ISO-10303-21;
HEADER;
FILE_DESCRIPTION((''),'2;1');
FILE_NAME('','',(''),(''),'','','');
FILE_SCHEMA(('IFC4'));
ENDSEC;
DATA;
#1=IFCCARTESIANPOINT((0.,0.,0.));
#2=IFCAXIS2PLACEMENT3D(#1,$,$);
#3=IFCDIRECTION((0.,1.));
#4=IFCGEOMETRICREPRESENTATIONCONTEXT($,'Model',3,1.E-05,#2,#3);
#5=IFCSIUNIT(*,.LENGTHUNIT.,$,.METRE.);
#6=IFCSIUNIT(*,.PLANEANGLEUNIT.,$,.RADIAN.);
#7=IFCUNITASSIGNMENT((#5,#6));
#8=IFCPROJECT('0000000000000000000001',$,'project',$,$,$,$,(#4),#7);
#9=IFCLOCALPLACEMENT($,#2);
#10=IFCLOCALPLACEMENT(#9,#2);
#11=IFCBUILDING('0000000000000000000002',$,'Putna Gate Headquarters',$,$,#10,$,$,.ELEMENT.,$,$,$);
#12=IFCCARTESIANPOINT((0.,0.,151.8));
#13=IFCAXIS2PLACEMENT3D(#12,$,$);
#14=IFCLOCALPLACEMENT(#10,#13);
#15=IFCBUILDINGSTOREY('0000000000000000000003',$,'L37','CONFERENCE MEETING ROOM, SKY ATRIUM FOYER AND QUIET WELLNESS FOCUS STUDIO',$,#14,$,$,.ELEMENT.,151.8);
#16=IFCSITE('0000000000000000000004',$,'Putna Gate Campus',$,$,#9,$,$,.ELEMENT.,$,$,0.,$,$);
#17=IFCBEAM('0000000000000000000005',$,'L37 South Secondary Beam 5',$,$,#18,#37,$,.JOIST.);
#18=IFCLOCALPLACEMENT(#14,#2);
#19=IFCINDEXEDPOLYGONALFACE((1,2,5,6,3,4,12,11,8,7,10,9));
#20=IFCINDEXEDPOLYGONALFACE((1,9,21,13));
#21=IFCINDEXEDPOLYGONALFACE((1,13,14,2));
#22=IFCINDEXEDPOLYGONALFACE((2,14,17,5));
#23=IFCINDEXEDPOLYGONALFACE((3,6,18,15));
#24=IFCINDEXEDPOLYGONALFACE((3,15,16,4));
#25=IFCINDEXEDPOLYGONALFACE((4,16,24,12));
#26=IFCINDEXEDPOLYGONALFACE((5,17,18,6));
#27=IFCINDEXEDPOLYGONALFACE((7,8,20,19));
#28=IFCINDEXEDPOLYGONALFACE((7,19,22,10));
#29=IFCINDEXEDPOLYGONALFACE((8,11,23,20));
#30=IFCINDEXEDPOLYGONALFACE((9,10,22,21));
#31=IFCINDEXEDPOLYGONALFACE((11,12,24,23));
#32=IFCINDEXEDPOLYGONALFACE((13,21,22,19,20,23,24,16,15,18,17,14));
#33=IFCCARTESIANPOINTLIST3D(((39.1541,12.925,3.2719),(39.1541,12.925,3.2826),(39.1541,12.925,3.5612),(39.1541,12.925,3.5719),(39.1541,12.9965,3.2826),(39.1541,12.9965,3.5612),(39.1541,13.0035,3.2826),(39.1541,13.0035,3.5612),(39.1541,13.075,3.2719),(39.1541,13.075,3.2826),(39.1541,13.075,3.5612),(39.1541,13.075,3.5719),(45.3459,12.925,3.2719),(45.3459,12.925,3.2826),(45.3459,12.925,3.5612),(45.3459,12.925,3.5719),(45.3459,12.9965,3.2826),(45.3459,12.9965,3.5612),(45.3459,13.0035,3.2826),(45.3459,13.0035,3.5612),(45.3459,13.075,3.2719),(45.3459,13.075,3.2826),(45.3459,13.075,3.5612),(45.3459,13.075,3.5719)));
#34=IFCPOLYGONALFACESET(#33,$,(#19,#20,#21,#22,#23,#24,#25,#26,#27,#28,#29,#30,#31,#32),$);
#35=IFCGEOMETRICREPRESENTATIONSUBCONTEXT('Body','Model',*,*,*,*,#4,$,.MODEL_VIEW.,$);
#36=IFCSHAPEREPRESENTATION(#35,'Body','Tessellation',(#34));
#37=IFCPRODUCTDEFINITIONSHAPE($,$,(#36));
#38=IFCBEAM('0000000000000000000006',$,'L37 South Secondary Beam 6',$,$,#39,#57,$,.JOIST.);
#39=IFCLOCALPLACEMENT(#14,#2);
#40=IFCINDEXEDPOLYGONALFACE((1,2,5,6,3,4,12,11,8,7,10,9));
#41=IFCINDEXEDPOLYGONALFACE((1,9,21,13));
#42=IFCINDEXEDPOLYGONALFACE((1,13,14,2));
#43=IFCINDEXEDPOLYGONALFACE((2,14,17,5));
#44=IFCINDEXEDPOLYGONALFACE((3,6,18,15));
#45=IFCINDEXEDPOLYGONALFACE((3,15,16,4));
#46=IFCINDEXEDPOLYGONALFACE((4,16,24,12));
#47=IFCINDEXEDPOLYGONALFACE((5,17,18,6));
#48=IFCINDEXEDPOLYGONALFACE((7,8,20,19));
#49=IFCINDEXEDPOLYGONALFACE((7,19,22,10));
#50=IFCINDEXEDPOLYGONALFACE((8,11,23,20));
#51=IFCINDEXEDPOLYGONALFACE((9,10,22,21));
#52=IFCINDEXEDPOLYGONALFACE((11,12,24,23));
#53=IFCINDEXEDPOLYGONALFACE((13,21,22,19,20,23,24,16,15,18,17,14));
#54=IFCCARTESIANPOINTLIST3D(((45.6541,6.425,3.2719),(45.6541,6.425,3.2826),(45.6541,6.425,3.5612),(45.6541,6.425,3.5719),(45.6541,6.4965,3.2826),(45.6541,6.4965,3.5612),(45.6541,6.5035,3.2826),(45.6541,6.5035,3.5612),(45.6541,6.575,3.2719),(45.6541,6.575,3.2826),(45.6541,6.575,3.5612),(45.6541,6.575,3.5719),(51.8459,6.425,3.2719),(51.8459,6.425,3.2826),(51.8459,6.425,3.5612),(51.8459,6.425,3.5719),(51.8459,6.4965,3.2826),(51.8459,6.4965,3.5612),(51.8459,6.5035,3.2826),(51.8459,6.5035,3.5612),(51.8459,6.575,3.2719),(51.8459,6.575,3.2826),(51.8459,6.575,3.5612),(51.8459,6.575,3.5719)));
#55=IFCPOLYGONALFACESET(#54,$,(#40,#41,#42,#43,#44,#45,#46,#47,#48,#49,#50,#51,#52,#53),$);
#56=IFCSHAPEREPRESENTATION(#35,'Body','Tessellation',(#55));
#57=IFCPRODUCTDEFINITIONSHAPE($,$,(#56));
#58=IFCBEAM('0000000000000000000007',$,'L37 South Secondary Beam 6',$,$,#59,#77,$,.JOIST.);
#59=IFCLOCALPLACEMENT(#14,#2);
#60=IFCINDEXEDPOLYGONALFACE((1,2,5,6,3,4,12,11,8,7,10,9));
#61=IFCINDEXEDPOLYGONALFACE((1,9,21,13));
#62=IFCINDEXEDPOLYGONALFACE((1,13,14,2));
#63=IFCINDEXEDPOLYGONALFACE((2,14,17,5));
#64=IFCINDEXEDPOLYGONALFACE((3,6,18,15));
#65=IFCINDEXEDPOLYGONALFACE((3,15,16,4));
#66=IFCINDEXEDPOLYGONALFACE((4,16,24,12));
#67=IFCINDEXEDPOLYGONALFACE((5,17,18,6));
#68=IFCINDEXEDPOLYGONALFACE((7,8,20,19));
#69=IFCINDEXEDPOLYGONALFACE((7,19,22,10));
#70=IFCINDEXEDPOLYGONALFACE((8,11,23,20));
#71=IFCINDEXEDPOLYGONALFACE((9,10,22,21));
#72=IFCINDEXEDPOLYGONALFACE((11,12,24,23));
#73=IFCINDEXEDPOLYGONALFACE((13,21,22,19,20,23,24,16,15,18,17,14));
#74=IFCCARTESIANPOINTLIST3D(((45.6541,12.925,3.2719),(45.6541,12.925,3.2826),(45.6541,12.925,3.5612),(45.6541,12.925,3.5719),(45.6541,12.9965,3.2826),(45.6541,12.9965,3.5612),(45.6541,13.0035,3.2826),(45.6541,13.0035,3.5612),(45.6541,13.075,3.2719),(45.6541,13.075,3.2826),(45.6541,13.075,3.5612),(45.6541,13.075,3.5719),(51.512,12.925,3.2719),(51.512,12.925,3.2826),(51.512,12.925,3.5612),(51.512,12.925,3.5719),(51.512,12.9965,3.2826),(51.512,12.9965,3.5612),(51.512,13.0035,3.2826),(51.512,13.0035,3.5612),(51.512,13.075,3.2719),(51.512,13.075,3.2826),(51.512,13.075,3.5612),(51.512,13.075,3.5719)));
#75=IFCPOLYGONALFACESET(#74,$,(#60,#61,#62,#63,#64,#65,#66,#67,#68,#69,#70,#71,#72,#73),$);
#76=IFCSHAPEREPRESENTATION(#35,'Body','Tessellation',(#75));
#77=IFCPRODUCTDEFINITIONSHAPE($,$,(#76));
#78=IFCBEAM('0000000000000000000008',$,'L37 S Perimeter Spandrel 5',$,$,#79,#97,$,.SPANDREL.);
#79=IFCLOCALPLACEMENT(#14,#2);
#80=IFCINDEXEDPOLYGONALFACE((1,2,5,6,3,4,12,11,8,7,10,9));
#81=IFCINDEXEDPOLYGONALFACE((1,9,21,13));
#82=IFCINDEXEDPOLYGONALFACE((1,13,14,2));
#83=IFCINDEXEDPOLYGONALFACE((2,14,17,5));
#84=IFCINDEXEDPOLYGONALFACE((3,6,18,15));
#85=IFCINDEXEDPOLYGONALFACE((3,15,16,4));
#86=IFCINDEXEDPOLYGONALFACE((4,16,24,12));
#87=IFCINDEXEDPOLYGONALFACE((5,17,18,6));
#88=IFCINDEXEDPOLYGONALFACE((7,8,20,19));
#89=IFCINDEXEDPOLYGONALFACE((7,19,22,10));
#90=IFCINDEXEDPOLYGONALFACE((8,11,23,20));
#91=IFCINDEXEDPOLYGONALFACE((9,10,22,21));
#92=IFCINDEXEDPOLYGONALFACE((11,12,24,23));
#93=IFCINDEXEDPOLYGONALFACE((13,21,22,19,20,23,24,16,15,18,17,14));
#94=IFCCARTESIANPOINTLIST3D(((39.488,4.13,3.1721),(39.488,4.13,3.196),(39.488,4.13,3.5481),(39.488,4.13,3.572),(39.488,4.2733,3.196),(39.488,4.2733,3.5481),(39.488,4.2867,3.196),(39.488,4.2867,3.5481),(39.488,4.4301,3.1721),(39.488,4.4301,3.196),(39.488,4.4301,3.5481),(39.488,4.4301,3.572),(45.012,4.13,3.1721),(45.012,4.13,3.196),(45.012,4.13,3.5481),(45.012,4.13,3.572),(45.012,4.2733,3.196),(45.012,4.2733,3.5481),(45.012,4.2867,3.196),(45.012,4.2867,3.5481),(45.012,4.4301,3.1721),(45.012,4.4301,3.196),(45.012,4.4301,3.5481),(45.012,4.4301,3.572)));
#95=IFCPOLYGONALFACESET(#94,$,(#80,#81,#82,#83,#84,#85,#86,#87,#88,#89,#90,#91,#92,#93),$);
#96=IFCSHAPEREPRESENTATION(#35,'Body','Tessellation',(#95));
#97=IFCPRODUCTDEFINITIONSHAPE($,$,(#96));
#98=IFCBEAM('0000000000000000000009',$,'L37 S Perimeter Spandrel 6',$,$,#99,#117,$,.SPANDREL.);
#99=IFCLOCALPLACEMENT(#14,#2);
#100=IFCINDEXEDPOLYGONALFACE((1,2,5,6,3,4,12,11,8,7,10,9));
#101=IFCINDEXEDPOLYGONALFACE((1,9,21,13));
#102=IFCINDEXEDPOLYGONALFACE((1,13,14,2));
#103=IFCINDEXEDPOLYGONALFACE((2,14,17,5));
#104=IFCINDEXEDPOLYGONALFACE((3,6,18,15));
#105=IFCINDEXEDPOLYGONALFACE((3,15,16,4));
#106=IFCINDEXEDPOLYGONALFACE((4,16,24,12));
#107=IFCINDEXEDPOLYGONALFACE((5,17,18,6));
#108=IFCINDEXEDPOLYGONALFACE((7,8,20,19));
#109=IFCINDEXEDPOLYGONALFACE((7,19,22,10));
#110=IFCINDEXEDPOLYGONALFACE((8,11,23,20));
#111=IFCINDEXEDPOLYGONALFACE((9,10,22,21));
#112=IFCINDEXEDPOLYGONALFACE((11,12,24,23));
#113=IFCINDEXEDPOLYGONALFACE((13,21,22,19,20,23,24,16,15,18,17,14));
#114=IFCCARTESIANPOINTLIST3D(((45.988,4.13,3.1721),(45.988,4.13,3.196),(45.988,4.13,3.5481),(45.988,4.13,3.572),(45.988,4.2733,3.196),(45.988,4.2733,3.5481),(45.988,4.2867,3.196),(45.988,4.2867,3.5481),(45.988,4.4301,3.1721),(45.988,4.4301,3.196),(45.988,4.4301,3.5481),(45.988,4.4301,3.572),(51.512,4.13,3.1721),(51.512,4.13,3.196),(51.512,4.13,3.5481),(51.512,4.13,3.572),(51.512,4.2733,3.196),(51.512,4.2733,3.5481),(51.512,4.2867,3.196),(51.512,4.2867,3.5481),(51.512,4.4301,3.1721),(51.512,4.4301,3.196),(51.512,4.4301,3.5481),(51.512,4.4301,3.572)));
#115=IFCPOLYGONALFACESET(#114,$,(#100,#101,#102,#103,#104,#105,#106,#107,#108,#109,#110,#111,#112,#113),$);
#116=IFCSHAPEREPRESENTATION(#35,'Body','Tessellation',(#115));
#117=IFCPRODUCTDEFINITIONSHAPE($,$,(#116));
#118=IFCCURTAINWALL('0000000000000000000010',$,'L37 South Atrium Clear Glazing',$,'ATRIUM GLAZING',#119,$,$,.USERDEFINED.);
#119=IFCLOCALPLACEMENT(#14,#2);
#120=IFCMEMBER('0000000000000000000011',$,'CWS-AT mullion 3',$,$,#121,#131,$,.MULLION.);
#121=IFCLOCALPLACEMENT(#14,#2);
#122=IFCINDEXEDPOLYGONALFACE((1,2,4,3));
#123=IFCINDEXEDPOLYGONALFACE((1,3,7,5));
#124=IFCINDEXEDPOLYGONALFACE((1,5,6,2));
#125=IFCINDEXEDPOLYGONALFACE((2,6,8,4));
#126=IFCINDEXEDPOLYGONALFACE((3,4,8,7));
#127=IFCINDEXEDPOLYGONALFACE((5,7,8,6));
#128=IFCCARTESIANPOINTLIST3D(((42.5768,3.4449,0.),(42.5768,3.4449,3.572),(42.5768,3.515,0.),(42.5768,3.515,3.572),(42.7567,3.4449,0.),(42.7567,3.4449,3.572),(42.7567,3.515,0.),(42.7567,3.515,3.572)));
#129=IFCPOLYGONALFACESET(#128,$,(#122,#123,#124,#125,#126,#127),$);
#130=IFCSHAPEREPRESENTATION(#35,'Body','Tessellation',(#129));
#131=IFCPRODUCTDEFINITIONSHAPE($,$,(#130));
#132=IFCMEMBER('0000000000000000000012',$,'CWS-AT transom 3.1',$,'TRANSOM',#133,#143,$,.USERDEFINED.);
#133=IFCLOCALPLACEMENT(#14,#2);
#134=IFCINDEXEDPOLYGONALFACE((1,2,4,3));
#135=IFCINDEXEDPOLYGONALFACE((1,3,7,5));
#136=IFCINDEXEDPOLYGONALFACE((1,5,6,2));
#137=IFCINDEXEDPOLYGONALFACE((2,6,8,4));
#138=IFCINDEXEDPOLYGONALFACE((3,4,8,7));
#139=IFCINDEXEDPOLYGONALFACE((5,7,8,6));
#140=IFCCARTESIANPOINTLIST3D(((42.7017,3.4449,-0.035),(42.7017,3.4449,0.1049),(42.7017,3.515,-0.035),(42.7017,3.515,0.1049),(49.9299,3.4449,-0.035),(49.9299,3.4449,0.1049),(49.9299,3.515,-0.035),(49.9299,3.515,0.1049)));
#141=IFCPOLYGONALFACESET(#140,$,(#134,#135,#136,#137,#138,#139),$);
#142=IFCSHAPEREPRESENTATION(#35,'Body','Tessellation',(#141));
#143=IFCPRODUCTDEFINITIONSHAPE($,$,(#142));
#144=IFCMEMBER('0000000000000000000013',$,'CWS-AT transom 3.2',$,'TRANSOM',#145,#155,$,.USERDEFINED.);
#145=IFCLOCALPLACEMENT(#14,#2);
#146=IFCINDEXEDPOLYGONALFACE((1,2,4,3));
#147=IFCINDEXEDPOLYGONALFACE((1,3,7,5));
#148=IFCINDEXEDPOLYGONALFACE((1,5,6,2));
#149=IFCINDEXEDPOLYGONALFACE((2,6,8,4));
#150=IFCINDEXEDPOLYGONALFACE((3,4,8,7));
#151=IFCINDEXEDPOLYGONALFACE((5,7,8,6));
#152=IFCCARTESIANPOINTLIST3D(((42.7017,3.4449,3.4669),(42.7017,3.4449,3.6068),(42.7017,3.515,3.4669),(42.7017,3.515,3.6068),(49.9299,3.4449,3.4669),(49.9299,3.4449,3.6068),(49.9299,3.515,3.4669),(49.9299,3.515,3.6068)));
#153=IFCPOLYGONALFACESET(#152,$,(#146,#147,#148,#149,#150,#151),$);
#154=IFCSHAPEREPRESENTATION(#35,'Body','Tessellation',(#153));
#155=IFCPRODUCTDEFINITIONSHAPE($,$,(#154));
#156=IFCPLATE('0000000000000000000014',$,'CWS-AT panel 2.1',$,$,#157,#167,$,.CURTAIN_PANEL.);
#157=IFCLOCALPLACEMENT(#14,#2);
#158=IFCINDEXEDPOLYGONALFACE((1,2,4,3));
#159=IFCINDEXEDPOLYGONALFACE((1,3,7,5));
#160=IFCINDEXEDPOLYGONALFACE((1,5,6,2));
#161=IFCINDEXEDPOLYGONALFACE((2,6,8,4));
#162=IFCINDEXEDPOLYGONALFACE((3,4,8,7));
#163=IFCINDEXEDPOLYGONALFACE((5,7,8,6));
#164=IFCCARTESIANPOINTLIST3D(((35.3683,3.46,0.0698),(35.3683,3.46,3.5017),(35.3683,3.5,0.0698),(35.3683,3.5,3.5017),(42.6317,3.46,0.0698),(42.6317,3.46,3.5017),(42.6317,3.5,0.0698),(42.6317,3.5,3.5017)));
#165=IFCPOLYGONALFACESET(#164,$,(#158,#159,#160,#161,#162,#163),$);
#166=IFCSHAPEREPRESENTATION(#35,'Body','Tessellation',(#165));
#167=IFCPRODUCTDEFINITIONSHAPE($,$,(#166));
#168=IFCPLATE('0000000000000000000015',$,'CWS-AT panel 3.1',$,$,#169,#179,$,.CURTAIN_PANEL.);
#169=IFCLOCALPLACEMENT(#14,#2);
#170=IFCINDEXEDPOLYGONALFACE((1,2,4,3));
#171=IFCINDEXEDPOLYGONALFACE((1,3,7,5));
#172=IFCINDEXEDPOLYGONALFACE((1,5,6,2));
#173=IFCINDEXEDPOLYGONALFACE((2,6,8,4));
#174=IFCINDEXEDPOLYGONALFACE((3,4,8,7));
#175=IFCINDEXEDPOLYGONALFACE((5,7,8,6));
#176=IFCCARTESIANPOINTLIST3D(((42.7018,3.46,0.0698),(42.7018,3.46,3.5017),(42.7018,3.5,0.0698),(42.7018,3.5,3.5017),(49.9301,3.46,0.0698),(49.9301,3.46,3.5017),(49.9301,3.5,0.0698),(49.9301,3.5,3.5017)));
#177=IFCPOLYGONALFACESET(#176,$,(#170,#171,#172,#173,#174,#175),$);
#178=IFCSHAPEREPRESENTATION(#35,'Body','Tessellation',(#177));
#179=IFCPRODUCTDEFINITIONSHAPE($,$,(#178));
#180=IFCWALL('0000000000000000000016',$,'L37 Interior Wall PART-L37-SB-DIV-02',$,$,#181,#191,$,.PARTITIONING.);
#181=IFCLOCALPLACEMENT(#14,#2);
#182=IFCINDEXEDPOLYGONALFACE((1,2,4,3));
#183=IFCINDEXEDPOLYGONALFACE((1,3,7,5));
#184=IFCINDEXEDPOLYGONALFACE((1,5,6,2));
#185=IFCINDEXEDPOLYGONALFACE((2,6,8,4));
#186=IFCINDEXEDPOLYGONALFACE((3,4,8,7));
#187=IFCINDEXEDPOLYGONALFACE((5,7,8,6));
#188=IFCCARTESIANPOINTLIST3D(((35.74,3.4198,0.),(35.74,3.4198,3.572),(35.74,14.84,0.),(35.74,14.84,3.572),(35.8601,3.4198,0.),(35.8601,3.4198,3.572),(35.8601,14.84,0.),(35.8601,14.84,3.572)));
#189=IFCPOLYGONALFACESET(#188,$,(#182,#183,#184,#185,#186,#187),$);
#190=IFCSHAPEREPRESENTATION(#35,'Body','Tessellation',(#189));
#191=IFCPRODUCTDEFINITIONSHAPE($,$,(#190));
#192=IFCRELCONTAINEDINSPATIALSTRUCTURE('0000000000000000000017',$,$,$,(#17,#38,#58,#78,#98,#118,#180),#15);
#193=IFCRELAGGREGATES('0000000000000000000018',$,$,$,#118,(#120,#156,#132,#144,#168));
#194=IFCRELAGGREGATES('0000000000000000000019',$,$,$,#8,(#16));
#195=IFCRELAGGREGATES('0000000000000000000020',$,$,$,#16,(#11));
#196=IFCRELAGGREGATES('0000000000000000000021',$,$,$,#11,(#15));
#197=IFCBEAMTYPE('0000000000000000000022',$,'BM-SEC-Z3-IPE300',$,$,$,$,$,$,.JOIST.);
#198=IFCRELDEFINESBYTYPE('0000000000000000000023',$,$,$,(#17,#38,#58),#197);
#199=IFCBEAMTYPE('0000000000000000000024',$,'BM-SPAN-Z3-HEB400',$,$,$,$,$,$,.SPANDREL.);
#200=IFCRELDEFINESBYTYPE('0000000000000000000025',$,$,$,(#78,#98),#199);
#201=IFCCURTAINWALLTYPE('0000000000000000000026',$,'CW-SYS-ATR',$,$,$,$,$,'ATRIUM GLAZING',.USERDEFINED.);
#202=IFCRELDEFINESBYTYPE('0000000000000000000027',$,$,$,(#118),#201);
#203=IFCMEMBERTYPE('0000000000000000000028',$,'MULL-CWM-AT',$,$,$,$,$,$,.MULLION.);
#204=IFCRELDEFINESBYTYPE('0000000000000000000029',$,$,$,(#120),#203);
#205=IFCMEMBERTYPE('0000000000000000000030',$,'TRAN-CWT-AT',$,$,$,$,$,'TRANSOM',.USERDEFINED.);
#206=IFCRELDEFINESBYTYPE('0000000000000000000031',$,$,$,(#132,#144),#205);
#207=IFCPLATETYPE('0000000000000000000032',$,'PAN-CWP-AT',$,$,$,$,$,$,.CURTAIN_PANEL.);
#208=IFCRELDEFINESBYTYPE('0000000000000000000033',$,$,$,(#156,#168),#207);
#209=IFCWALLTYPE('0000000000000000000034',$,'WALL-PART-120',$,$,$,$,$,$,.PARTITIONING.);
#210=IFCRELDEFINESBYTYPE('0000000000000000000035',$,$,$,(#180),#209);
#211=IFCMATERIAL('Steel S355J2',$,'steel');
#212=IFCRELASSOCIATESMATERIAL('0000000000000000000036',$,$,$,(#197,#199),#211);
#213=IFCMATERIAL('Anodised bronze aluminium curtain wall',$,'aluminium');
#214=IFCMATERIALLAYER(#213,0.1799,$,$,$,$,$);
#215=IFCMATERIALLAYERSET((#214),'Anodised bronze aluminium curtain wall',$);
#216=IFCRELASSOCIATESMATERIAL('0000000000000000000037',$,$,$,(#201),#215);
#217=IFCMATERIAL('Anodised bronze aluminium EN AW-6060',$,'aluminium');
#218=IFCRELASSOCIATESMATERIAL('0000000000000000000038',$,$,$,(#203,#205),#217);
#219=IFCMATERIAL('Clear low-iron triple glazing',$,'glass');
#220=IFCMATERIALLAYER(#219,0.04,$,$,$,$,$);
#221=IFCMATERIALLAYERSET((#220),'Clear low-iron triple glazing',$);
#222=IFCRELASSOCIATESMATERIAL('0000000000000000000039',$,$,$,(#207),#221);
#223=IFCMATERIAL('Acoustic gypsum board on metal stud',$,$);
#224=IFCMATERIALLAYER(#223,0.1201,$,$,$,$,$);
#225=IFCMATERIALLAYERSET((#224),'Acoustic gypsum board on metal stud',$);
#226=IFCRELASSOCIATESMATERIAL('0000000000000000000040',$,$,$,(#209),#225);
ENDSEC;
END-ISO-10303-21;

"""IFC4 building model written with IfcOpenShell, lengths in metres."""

from ifc_helpers import new_model, si_unit, direction, frame, frame_2d, origin, origin_2d, place, context, subcontext, project, spatial, rectangle, i_section, extrude, material, layer, layer_set, material_profile, profile_set, type_object, element, aggregate, save


model = new_model("IFC4")

# Units and contexts
model_context = context("Model", 3, precision=1e-05, world=origin(), true_north=direction((0.0, 1.0)))
body_context = subcontext(model_context, "Body", "Model", "MODEL_VIEW")
ifc_project = project(units=[si_unit("LENGTHUNIT", "METRE"), si_unit("PLANEANGLEUNIT", "RADIAN")], contexts=[model_context])

# Site, building, storey
site_placement = place(None, origin())
site = spatial("IfcSite", under=ifc_project, at=site_placement, Name="Putna Gate Campus", CompositionType="ELEMENT", RefElevation=0.0)
building_placement = place(site_placement, origin())
building = spatial("IfcBuilding", under=site, at=building_placement, Name="Putna Gate Headquarters", CompositionType="ELEMENT")
storey_placement = place(building_placement, frame((0.0, 0.0, 151.8)))
storey = spatial("IfcBuildingStorey", under=building, at=storey_placement, Name="L37", Description="CONFERENCE MEETING ROOM, SKY ATRIUM FOYER AND QUIET WELLNESS FOCUS STUDIO", CompositionType="ELEMENT", Elevation=151.8)

# Beams
ifc_material_1 = material(Name="Steel S355J2", Category="steel")
ifc_material_profile_1 = material_profile(ifc_material_1, i_section(OverallWidth=0.1499, OverallDepth=0.3, WebThickness=0.0071, FlangeThickness=0.0107, at=origin_2d()), Name="Steel S355J2")
ifc_profile_set_1 = profile_set([ifc_material_profile_1], Name="Steel S355J2")
beam_type_1 = type_object("IfcBeamType", Name="BM-SEC-Z3-IPE300", PredefinedType="JOIST", material=ifc_profile_set_1)
for number, where, z_axis, x_axis, name in (
    (1, (39.1541, 13.0, 3.4219), (1.0, 0.0, 0.0), (0.0, 1.0, 0.0), "L37 South Secondary Beam 5"),
    (2, (45.6541, 6.5, 3.4219), (1.0, 0.0, 0.0), (0.0, 1.0, 0.0), "L37 South Secondary Beam 6"),
):
    element("IfcBeam", number, at=place(storey_placement, frame(where, z_axis=z_axis, x_axis=x_axis)), inside=storey, type_object=beam_type_1, Name=name, PredefinedType="JOIST", context=body_context, shape_type="SweptSolid", body=[
        extrude(i_section(OverallWidth=0.1499, OverallDepth=0.3, WebThickness=0.0071, FlangeThickness=0.0107, at=origin_2d()), origin(), (0.0, 0.0, 1.0), 6.1919),
    ])
beam_1_placement = place(storey_placement, frame((45.6541, 13.0, 3.4219), z_axis=(1.0, 0.0, 0.0), x_axis=(0.0, 1.0, 0.0)))
element("IfcBeam", 3, at=beam_1_placement, inside=storey, type_object=beam_type_1, Name="L37 South Secondary Beam 6", PredefinedType="JOIST", context=body_context, shape_type="SweptSolid", body=[
    extrude(i_section(OverallWidth=0.1499, OverallDepth=0.3, WebThickness=0.0071, FlangeThickness=0.0107, at=origin_2d()), origin(), (0.0, 0.0, 1.0), 5.8579),
])
ifc_material_profile_2 = material_profile(ifc_material_1, i_section(OverallWidth=0.3, OverallDepth=0.3999, WebThickness=0.0134, FlangeThickness=0.0239, at=origin_2d()), Name="Steel S355J2")
ifc_profile_set_2 = profile_set([ifc_material_profile_2], Name="Steel S355J2")
beam_type_2 = type_object("IfcBeamType", Name="BM-SPAN-Z3-HEB400", PredefinedType="SPANDREL", material=ifc_profile_set_2)
for number, where, z_axis, x_axis, name in (
    (4, (39.488, 4.28, 3.3721), (1.0, 0.0, 0.0), (0.0, 1.0, 0.0), "L37 S Perimeter Spandrel 5"),
    (5, (45.988, 4.28, 3.3721), (1.0, 0.0, 0.0), (0.0, 1.0, 0.0), "L37 S Perimeter Spandrel 6"),
):
    element("IfcBeam", number, at=place(storey_placement, frame(where, z_axis=z_axis, x_axis=x_axis)), inside=storey, type_object=beam_type_2, Name=name, PredefinedType="SPANDREL", context=body_context, shape_type="SweptSolid", body=[
        extrude(i_section(OverallWidth=0.3, OverallDepth=0.3999, WebThickness=0.0134, FlangeThickness=0.0239, at=origin_2d()), origin(), (0.0, 0.0, 1.0), 5.5239),
    ])

# Curtain wall, members, plates
ifc_material_2 = material(Name="Anodised bronze aluminium curtain wall", Category="aluminium")
ifc_layer_1 = layer(ifc_material_2, 0.1799)
ifc_layer_set_1 = layer_set([ifc_layer_1], Name="Anodised bronze aluminium curtain wall")
curtain_wall_type = type_object("IfcCurtainWallType", Name="CW-SYS-ATR", ElementType="ATRIUM GLAZING", PredefinedType="USERDEFINED", material=ifc_layer_set_1)
curtain_wall_placement = place(storey_placement, origin())
curtain_wall = element("IfcCurtainWall", 6, at=curtain_wall_placement, inside=storey, type_object=curtain_wall_type, Name="L37 South Atrium Clear Glazing", ObjectType="ATRIUM GLAZING", PredefinedType="USERDEFINED")
ifc_material_3 = material(Name="Anodised bronze aluminium EN AW-6060", Category="aluminium")
ifc_material_profile_3 = material_profile(ifc_material_3, rectangle(XDim=0.0701, YDim=0.1799, at=origin_2d()), Name="Anodised bronze aluminium EN AW-6060")
ifc_profile_set_3 = profile_set([ifc_material_profile_3], Name="Anodised bronze aluminium EN AW-6060")
member_type_1 = type_object("IfcMemberType", Name="MULL-CWM-AT", PredefinedType="MULLION", material=ifc_profile_set_3)
member_1_placement = place(storey_placement, frame((42.6667, 3.48, 0.0), z_axis=(0.0, 0.0, 1.0), x_axis=(0.0, 1.0, 0.0)))
member_1 = element("IfcMember", 7, at=member_1_placement, type_object=member_type_1, Name="CWS-AT mullion 3", PredefinedType="MULLION", context=body_context, shape_type="SweptSolid", body=[
    extrude(rectangle(XDim=0.0701, YDim=0.1799, at=origin_2d()), origin(), (0.0, 0.0, 1.0), 3.572),
])
ifc_material_profile_4 = material_profile(ifc_material_3, rectangle(XDim=0.0701, YDim=0.1399, at=origin_2d()), Name="Anodised bronze aluminium EN AW-6060")
ifc_profile_set_4 = profile_set([ifc_material_profile_4], Name="Anodised bronze aluminium EN AW-6060")
member_type_2 = type_object("IfcMemberType", Name="TRAN-CWT-AT", ElementType="TRANSOM", PredefinedType="USERDEFINED", material=ifc_profile_set_4)
member_2_placement = place(storey_placement, frame((42.7017, 3.48, 0.0349), z_axis=(1.0, 0.0, 0.0), x_axis=(0.0, 1.0, 0.0)))
member_2 = element("IfcMember", 8, at=member_2_placement, type_object=member_type_2, Name="CWS-AT transom 3.1", ObjectType="TRANSOM", PredefinedType="USERDEFINED", context=body_context, shape_type="SweptSolid", body=[
    extrude(rectangle(XDim=0.0701, YDim=0.1399, at=origin_2d()), origin(), (0.0, 0.0, 1.0), 7.2283),
])
member_3_placement = place(storey_placement, frame((42.7017, 3.48, 3.5369), z_axis=(1.0, 0.0, 0.0), x_axis=(0.0, 1.0, 0.0)))
member_3 = element("IfcMember", 9, at=member_3_placement, type_object=member_type_2, Name="CWS-AT transom 3.2", ObjectType="TRANSOM", PredefinedType="USERDEFINED", context=body_context, shape_type="SweptSolid", body=[
    extrude(rectangle(XDim=0.0701, YDim=0.1399, at=origin_2d()), origin(), (0.0, 0.0, 1.0), 7.2283),
])
ifc_material_4 = material(Name="Clear low-iron triple glazing", Category="glass")
ifc_layer_2 = layer(ifc_material_4, 0.04)
ifc_layer_set_2 = layer_set([ifc_layer_2], Name="Clear low-iron triple glazing")
plate_type = type_object("IfcPlateType", Name="PAN-CWP-AT", PredefinedType="CURTAIN_PANEL", material=ifc_layer_set_2)
plate_1_placement = place(storey_placement, frame((39.0, 3.48, 0.0698), z_axis=(0.0, 0.0, 1.0), x_axis=(1.0, 0.0, 0.0)))
plate_1 = element("IfcPlate", 10, at=plate_1_placement, type_object=plate_type, Name="CWS-AT panel 2.1", PredefinedType="CURTAIN_PANEL", context=body_context, shape_type="SweptSolid", body=[
    extrude(rectangle(XDim=7.2634, YDim=0.04, at=origin_2d()), origin(), (0.0, 0.0, 1.0), 3.4319),
])
plate_2_placement = place(storey_placement, frame((46.3159, 3.48, 0.0698), z_axis=(0.0, 0.0, 1.0), x_axis=(1.0, 0.0, 0.0)))
plate_2 = element("IfcPlate", 11, at=plate_2_placement, type_object=plate_type, Name="CWS-AT panel 3.1", PredefinedType="CURTAIN_PANEL", context=body_context, shape_type="SweptSolid", body=[
    extrude(rectangle(XDim=7.2283, YDim=0.04, at=origin_2d()), origin(), (0.0, 0.0, 1.0), 3.4319),
])
aggregate(curtain_wall, [member_1, plate_1, member_2, member_3, plate_2])

# Wall
ifc_material_5 = material(Name="Acoustic gypsum board on metal stud")
ifc_layer_3 = layer(ifc_material_5, 0.1201)
ifc_layer_set_3 = layer_set([ifc_layer_3], Name="Acoustic gypsum board on metal stud")
wall_type_1 = type_object("IfcWallType", Name="WALL-PART-120", PredefinedType="PARTITIONING", material=ifc_layer_set_3)
wall_1_placement = place(storey_placement, frame((35.8, 3.4199, 0.0), z_axis=(0.0, 0.0, 1.0), x_axis=(0.0, 1.0, 0.0)))
element("IfcWall", 12, at=wall_1_placement, inside=storey, type_object=wall_type_1, Name="L37 Interior Wall PART-L37-SB-DIV-02", PredefinedType="PARTITIONING", context=body_context, shape_type="SweptSolid", body=[
    extrude(rectangle(XDim=11.4202, YDim=0.1201, at=frame_2d((5.71, 0.0))), origin(), (0.0, 0.0, 1.0), 3.572),
])

save(model, "model.ifc")
